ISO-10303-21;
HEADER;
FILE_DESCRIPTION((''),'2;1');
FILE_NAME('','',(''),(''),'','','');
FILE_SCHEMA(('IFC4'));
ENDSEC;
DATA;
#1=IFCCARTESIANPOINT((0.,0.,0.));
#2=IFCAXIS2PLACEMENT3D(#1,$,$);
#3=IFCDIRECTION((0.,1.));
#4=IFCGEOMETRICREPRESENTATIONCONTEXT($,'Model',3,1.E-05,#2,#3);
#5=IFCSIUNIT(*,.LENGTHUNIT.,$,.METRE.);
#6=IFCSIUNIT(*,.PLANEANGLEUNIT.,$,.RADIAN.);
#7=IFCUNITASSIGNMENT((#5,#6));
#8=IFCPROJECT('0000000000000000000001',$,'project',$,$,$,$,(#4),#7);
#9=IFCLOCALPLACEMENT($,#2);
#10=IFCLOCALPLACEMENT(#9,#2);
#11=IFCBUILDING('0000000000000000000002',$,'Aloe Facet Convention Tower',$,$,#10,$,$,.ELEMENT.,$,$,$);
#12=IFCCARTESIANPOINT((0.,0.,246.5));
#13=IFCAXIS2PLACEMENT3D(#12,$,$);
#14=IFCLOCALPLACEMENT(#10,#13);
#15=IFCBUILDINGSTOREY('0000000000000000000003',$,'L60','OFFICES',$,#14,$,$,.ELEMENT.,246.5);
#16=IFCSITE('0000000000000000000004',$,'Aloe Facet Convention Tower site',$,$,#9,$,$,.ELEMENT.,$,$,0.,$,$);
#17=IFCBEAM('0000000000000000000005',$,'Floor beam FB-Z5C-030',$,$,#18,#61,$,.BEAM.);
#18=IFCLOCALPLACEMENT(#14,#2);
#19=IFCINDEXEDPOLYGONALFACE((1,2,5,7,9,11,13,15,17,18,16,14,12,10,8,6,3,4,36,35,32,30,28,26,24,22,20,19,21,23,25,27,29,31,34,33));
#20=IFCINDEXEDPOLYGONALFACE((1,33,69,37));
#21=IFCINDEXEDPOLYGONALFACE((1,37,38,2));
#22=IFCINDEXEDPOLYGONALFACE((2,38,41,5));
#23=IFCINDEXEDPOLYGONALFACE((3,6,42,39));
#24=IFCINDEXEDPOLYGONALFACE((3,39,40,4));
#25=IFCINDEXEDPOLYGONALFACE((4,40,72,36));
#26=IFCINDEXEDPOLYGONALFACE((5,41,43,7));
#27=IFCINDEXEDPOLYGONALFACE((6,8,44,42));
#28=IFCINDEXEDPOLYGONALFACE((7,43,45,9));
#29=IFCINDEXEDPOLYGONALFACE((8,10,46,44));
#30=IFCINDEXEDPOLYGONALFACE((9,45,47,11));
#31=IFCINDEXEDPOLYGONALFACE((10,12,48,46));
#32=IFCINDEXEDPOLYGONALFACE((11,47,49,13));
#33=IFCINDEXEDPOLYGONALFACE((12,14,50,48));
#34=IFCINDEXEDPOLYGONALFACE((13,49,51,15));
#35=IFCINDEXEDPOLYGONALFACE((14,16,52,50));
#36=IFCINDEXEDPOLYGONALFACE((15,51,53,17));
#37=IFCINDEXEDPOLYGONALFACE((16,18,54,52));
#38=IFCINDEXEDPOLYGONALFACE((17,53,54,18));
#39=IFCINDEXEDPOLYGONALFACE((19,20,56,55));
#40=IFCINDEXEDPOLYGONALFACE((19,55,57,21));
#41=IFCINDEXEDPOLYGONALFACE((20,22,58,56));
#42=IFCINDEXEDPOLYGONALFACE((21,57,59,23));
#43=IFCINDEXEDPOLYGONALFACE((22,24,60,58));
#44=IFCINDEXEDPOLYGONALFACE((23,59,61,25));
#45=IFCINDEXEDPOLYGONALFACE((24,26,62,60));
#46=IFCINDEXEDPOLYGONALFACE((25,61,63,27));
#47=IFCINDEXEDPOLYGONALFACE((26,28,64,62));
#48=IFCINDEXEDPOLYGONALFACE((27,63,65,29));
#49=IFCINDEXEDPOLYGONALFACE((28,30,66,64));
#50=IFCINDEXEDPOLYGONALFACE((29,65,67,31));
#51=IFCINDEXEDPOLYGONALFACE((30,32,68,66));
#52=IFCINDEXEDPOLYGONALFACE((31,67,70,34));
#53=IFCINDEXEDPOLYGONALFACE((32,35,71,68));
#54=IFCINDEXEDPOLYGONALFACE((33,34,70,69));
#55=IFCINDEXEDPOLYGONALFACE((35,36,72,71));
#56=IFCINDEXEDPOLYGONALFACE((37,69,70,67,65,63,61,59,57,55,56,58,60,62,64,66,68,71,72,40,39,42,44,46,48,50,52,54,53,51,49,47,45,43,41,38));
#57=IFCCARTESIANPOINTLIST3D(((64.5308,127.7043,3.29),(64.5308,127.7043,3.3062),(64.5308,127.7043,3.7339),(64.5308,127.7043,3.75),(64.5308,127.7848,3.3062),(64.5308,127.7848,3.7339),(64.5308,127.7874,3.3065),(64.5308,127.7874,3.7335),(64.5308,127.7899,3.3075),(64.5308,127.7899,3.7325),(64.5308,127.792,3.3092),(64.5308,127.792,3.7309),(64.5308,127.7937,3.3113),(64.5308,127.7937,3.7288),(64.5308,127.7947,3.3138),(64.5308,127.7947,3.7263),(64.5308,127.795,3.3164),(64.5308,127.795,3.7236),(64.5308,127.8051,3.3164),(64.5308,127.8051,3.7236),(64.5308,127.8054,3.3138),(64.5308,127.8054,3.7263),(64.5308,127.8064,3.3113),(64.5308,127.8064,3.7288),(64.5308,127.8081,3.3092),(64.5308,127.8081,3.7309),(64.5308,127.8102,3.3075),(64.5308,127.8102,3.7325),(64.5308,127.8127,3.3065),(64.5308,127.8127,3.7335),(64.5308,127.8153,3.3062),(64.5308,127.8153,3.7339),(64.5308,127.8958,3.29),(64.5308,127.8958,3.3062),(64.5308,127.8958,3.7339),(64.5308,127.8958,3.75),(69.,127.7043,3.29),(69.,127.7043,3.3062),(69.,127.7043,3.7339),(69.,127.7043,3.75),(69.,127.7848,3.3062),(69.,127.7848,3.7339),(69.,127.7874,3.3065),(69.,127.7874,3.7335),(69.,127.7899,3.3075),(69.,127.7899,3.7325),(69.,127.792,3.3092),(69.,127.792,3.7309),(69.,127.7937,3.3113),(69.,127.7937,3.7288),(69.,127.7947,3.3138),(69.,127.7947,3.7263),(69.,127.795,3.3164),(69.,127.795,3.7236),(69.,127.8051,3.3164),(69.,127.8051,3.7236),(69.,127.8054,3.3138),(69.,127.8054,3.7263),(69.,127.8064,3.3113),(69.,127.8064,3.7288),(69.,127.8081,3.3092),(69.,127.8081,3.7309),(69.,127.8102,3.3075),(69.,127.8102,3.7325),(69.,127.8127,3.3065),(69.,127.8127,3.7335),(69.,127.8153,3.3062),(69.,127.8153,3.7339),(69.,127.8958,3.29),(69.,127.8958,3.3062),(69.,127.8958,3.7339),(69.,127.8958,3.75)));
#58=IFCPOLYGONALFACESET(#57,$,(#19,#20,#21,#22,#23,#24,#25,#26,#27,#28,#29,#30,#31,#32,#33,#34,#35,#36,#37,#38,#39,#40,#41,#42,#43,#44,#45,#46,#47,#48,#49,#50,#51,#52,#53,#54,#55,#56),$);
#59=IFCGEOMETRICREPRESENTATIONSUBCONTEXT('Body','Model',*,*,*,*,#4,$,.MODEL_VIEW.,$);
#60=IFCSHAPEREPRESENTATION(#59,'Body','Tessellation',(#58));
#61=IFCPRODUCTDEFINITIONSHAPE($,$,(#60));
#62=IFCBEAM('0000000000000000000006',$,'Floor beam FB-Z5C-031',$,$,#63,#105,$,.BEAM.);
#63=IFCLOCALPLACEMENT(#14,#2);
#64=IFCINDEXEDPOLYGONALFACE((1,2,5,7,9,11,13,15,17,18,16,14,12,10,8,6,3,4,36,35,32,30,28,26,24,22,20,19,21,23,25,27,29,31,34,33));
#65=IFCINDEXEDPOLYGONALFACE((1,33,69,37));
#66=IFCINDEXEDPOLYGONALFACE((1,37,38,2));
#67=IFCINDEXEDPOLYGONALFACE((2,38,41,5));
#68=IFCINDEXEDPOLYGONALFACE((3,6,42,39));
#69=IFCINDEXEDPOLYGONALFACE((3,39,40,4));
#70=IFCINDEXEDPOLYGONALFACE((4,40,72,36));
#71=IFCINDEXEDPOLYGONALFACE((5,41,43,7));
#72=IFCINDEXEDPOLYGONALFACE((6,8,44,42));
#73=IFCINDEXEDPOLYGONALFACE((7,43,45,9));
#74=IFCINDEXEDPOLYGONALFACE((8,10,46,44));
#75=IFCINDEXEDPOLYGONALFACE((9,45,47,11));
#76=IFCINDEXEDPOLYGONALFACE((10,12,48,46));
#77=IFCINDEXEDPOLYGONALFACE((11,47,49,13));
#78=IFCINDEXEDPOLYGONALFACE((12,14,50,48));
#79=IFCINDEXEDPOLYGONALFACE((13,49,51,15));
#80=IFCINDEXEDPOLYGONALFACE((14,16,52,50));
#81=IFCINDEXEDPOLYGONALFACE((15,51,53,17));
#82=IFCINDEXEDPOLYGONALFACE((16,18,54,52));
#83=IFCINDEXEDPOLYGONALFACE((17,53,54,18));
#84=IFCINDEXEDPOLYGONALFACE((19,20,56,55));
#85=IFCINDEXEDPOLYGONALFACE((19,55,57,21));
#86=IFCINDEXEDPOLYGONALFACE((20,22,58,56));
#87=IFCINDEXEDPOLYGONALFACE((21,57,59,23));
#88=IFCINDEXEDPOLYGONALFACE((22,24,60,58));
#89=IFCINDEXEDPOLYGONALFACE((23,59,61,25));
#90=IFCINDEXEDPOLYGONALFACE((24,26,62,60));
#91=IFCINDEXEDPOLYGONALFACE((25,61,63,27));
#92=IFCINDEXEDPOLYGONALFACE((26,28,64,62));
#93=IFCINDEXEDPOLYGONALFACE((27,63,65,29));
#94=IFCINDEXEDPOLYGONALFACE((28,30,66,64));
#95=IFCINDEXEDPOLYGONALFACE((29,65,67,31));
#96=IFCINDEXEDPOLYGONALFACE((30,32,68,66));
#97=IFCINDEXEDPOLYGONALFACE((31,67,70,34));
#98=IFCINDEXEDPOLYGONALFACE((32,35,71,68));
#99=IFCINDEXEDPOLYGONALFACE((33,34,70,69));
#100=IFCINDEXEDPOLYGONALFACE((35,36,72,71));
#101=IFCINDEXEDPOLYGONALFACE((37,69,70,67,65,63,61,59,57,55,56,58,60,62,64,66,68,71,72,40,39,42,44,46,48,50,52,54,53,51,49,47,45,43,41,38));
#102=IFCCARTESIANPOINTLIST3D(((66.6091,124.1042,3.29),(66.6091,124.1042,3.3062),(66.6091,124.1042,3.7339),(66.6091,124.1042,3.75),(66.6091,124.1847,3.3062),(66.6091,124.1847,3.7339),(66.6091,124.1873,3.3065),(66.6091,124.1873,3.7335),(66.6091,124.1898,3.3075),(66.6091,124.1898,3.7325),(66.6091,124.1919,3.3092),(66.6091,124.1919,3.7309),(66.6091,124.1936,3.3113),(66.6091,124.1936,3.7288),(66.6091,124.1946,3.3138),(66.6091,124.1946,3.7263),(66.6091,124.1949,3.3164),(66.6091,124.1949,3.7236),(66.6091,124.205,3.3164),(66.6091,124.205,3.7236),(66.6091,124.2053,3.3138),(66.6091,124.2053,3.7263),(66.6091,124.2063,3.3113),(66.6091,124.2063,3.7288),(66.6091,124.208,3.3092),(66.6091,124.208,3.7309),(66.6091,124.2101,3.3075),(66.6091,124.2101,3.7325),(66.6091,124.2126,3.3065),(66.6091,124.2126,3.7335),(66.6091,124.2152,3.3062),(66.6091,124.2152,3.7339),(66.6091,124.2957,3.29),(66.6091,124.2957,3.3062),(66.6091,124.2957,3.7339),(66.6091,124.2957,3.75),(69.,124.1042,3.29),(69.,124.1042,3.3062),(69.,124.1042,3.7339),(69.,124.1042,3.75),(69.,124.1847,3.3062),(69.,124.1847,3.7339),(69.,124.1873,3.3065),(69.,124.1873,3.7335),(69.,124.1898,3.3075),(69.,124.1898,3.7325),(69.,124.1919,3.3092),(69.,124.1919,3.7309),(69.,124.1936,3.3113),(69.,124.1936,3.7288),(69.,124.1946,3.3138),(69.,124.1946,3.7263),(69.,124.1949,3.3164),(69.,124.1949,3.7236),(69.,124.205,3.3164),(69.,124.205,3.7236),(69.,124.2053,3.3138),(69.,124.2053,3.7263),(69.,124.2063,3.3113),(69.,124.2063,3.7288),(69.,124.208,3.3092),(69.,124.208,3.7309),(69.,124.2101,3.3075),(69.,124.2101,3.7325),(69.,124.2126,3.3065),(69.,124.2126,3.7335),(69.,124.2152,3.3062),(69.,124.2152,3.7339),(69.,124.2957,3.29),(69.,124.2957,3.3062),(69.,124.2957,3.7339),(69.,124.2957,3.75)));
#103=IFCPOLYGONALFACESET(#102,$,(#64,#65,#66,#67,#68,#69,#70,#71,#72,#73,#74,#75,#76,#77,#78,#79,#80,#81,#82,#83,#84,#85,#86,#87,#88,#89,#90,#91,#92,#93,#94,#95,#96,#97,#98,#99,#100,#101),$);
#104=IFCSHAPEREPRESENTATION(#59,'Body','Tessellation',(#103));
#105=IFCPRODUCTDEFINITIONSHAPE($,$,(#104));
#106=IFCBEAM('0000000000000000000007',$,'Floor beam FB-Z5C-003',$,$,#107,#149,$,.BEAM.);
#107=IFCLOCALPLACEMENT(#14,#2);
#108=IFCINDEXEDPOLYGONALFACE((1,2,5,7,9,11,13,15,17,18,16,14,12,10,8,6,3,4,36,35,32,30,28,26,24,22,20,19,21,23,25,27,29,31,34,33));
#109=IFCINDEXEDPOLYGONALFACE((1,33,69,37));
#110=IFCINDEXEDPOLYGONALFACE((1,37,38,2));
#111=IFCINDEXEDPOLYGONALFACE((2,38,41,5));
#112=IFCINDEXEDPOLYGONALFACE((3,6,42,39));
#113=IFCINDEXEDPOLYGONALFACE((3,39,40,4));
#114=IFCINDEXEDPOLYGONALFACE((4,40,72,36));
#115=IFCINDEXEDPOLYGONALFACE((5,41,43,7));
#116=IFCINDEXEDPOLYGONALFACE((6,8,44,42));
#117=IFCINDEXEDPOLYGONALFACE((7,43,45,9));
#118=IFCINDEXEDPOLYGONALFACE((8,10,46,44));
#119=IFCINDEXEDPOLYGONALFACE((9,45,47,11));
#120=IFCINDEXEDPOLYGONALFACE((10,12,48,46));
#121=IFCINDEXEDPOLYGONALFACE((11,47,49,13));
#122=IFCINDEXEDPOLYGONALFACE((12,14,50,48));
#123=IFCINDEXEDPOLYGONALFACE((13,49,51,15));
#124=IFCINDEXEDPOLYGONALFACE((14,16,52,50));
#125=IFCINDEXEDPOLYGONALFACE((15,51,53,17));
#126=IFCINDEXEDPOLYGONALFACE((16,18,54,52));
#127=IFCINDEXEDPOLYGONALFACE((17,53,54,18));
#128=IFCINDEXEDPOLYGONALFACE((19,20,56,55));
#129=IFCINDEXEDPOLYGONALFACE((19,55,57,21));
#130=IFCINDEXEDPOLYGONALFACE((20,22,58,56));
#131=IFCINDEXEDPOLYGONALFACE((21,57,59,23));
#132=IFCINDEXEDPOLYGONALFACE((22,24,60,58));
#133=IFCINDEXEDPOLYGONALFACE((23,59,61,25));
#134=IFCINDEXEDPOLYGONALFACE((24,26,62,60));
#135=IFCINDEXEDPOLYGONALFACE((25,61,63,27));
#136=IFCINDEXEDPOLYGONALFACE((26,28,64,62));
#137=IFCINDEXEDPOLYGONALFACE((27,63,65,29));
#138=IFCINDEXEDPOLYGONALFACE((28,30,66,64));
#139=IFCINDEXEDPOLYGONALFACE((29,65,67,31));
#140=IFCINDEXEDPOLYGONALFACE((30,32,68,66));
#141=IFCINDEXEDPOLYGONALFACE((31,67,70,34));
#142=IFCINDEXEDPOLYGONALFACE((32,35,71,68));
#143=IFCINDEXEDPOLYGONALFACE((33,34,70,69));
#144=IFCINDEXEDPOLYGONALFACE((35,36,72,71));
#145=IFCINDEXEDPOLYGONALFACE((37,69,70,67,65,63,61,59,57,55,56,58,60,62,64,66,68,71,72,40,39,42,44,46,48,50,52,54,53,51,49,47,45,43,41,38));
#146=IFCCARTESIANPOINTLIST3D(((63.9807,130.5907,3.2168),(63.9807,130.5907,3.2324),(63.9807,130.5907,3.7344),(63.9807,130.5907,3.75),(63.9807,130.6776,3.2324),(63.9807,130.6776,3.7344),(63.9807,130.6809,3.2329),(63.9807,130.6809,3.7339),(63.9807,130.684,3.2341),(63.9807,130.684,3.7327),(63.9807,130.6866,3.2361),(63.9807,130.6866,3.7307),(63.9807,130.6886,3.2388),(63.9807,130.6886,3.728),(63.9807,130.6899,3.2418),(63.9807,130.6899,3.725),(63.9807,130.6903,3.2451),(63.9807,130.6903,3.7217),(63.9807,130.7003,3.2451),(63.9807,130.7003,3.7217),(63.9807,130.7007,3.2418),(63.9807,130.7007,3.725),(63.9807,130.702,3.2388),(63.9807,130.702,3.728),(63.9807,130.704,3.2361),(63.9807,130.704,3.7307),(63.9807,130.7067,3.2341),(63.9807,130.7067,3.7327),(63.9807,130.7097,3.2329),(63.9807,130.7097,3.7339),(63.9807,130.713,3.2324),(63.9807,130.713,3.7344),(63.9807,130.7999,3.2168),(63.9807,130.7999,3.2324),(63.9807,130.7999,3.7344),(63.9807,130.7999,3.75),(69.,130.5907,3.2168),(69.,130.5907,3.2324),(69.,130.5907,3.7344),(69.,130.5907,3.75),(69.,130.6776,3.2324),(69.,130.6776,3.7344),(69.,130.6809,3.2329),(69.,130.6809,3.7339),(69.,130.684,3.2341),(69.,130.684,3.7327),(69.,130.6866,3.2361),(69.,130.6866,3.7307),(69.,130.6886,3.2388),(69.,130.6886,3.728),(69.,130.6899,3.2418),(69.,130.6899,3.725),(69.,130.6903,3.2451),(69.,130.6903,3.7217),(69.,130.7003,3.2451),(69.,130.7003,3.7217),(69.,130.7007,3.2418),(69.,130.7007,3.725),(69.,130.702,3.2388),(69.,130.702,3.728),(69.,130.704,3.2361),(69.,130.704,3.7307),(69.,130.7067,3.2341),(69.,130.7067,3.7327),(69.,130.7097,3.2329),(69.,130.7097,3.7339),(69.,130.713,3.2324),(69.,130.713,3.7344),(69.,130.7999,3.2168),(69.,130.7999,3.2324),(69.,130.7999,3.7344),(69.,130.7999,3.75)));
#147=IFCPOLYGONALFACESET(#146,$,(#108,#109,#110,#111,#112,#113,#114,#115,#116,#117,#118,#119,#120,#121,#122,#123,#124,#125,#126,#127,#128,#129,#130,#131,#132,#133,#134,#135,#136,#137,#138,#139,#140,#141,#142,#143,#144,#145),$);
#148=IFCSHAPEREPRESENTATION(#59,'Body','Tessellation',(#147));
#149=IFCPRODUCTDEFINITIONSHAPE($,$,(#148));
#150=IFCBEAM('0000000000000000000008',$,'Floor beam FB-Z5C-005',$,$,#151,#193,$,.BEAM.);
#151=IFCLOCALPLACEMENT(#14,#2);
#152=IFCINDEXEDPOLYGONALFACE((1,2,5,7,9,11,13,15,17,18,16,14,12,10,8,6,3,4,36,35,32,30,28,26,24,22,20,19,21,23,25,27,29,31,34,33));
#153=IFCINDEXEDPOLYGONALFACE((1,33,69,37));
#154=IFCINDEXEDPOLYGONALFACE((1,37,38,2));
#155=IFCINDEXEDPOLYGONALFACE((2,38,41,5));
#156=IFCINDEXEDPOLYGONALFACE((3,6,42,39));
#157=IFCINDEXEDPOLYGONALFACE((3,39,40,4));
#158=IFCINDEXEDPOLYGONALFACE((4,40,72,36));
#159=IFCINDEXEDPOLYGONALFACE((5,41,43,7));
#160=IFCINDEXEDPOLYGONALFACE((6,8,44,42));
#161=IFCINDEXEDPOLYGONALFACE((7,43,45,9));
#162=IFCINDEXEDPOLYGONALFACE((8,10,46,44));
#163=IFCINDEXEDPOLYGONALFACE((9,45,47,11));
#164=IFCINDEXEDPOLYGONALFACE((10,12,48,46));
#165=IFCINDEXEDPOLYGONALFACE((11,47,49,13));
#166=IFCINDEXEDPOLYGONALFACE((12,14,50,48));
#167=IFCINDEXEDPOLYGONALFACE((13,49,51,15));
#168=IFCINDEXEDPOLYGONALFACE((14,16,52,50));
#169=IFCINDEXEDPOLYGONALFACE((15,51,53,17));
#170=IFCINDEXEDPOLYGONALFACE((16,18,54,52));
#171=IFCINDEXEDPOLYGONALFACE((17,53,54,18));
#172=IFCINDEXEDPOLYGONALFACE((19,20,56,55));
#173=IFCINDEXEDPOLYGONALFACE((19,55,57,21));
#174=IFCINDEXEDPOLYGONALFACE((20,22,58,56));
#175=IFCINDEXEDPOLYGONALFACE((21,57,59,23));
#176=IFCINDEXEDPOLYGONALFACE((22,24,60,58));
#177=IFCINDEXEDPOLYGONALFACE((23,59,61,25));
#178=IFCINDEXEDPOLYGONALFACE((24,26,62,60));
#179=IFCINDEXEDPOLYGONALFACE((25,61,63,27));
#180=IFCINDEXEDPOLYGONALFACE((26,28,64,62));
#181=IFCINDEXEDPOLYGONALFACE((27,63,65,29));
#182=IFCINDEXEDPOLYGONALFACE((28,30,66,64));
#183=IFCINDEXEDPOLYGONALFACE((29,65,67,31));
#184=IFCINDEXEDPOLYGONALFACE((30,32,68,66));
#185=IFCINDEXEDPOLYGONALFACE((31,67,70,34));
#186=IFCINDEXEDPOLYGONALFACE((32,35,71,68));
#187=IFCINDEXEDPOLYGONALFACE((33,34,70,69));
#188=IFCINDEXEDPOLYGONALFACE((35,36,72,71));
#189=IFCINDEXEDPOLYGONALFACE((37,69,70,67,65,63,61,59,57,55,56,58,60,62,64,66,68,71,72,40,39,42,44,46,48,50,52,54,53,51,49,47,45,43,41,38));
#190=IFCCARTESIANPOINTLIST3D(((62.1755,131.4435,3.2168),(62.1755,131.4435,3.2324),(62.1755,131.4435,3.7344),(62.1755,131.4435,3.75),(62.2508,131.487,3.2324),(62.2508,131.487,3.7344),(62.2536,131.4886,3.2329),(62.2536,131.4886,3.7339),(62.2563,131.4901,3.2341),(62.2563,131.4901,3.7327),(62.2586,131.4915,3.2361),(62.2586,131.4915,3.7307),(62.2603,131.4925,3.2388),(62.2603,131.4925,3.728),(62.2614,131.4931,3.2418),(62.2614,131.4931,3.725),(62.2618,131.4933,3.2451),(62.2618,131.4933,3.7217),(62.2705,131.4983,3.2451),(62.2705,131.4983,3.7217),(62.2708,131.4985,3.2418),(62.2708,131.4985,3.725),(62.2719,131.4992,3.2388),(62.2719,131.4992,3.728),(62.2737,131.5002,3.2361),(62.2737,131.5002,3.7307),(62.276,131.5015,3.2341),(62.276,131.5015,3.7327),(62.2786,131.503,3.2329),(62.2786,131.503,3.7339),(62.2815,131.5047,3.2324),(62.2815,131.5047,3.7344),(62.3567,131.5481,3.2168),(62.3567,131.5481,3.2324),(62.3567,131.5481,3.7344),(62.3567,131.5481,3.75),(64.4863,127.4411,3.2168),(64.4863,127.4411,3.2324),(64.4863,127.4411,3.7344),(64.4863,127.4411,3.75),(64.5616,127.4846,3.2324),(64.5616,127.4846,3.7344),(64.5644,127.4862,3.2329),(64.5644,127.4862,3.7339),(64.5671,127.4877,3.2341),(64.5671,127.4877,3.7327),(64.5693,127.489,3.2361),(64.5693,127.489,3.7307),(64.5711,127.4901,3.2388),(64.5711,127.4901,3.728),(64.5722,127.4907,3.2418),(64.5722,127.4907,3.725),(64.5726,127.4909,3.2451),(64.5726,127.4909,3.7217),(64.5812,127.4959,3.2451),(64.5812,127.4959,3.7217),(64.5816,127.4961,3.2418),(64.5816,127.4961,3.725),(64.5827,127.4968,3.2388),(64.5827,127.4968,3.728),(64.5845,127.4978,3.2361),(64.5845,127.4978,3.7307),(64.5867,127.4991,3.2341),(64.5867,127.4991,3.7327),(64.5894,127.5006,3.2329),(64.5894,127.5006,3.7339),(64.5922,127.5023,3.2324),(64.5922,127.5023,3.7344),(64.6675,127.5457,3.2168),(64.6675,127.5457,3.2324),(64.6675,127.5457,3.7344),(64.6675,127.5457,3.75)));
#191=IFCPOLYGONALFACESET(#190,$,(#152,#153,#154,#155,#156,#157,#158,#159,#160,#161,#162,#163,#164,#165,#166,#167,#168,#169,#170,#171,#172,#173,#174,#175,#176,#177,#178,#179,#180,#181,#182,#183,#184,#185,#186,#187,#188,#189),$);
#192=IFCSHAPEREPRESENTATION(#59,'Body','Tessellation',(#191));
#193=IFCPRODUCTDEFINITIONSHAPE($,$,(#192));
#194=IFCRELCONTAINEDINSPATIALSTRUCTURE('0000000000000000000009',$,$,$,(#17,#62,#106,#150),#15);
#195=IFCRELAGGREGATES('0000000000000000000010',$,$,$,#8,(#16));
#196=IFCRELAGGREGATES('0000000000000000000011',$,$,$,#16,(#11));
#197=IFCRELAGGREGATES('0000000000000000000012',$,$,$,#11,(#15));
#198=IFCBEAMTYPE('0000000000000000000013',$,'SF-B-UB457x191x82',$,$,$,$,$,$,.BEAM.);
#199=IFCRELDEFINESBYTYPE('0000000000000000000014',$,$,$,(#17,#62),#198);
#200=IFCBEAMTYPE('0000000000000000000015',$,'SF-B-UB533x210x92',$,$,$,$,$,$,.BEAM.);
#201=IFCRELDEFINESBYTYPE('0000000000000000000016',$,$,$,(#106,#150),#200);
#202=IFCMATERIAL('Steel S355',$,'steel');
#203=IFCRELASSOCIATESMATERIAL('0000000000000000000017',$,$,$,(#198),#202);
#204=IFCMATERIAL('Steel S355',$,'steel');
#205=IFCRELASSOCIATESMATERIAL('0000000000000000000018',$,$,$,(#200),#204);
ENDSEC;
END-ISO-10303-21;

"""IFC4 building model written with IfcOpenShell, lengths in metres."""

from ifc_helpers import new_model, si_unit, direction, frame, origin, origin_2d, place, context, subcontext, project, spatial, i_section, extrude, material, material_profile, profile_set, type_object, element, save


model = new_model("IFC4")

# Units and contexts
model_context = context("Model", 3, precision=1e-05, world=origin(), true_north=direction((0.0, 1.0)))
body_context = subcontext(model_context, "Body", "Model", "MODEL_VIEW")
ifc_project = project(units=[si_unit("LENGTHUNIT", "METRE"), si_unit("PLANEANGLEUNIT", "RADIAN")], contexts=[model_context])

# Site, building, storey
site_placement = place(None, origin())
site = spatial("IfcSite", under=ifc_project, at=site_placement, Name="Aloe Facet Convention Tower site", CompositionType="ELEMENT", RefElevation=0.0)
building_placement = place(site_placement, origin())
building = spatial("IfcBuilding", under=site, at=building_placement, Name="Aloe Facet Convention Tower", CompositionType="ELEMENT")
storey_placement = place(building_placement, frame((0.0, 0.0, 246.5)))
storey = spatial("IfcBuildingStorey", under=building, at=storey_placement, Name="L60", Description="OFFICES", CompositionType="ELEMENT", Elevation=246.5)

# Beams
ifc_material_1 = material(Name="Steel S355", Category="steel")
ifc_material_profile_1 = material_profile(ifc_material_1, i_section(OverallWidth=0.1914, OverallDepth=0.46, WebThickness=0.01, FlangeThickness=0.0161, FilletRadius=0.0103, at=origin_2d()), Name="UB 457x191x82")
ifc_profile_set_1 = profile_set([ifc_material_profile_1], Name="Steel S355")
beam_type_1 = type_object("IfcBeamType", Name="SF-B-UB457x191x82", PredefinedType="BEAM", material=ifc_profile_set_1)
beam_1_placement = place(storey_placement, frame((64.5308, 127.8, 3.52), z_axis=(1.0, 0.0, 0.0), x_axis=(0.0, 1.0, 0.0)))
element("IfcBeam", 1, at=beam_1_placement, inside=storey, type_object=beam_type_1, Name="Floor beam FB-Z5C-030", PredefinedType="BEAM", context=body_context, shape_type="SweptSolid", body=[
    extrude(i_section(OverallWidth=0.1914, OverallDepth=0.46, WebThickness=0.01, FlangeThickness=0.0161, FilletRadius=0.0103, at=origin_2d()), origin(), (0.0, 0.0, 1.0), 4.4692),
])
beam_2_placement = place(storey_placement, frame((66.6091, 124.2, 3.52), z_axis=(1.0, 0.0, 0.0), x_axis=(0.0, 1.0, 0.0)))
element("IfcBeam", 2, at=beam_2_placement, inside=storey, type_object=beam_type_1, Name="Floor beam FB-Z5C-031", PredefinedType="BEAM", context=body_context, shape_type="SweptSolid", body=[
    extrude(i_section(OverallWidth=0.1914, OverallDepth=0.46, WebThickness=0.01, FlangeThickness=0.0161, FilletRadius=0.0103, at=origin_2d()), origin(), (0.0, 0.0, 1.0), 2.3909),
])
ifc_material_2 = material(Name="Steel S355", Category="steel")
ifc_material_profile_2 = material_profile(ifc_material_2, i_section(OverallWidth=0.2092, OverallDepth=0.5332, WebThickness=0.01, FlangeThickness=0.0156, FilletRadius=0.0127, at=origin_2d()), Name="UB 533x210x92")
ifc_profile_set_2 = profile_set([ifc_material_profile_2], Name="Steel S355")
beam_type_2 = type_object("IfcBeamType", Name="SF-B-UB533x210x92", PredefinedType="BEAM", material=ifc_profile_set_2)
beam_3_placement = place(storey_placement, frame((63.9807, 130.6953, 3.4834), z_axis=(1.0, 0.0, 0.0), x_axis=(0.0, 1.0, 0.0)))
element("IfcBeam", 3, at=beam_3_placement, inside=storey, type_object=beam_type_2, Name="Floor beam FB-Z5C-003", PredefinedType="BEAM", context=body_context, shape_type="SweptSolid", body=[
    extrude(i_section(OverallWidth=0.2092, OverallDepth=0.5332, WebThickness=0.01, FlangeThickness=0.0156, FilletRadius=0.0127, at=origin_2d()), origin(), (0.0, 0.0, 1.0), 5.0193),
])
beam_4_placement = place(storey_placement, frame((64.5769, 127.4934, 3.4834), z_axis=(-0.499997, 0.866027, 0.0), x_axis=(-0.866027, -0.499997, 0.0)))
element("IfcBeam", 4, at=beam_4_placement, inside=storey, type_object=beam_type_2, Name="Floor beam FB-Z5C-005", PredefinedType="BEAM", context=body_context, shape_type="SweptSolid", body=[
    extrude(i_section(OverallWidth=0.2092, OverallDepth=0.5332, WebThickness=0.01, FlangeThickness=0.0156, FilletRadius=0.0127, at=origin_2d()), origin(), (0.0, 0.0, 1.0), 4.6216),
])

save(model, "model.ifc")
